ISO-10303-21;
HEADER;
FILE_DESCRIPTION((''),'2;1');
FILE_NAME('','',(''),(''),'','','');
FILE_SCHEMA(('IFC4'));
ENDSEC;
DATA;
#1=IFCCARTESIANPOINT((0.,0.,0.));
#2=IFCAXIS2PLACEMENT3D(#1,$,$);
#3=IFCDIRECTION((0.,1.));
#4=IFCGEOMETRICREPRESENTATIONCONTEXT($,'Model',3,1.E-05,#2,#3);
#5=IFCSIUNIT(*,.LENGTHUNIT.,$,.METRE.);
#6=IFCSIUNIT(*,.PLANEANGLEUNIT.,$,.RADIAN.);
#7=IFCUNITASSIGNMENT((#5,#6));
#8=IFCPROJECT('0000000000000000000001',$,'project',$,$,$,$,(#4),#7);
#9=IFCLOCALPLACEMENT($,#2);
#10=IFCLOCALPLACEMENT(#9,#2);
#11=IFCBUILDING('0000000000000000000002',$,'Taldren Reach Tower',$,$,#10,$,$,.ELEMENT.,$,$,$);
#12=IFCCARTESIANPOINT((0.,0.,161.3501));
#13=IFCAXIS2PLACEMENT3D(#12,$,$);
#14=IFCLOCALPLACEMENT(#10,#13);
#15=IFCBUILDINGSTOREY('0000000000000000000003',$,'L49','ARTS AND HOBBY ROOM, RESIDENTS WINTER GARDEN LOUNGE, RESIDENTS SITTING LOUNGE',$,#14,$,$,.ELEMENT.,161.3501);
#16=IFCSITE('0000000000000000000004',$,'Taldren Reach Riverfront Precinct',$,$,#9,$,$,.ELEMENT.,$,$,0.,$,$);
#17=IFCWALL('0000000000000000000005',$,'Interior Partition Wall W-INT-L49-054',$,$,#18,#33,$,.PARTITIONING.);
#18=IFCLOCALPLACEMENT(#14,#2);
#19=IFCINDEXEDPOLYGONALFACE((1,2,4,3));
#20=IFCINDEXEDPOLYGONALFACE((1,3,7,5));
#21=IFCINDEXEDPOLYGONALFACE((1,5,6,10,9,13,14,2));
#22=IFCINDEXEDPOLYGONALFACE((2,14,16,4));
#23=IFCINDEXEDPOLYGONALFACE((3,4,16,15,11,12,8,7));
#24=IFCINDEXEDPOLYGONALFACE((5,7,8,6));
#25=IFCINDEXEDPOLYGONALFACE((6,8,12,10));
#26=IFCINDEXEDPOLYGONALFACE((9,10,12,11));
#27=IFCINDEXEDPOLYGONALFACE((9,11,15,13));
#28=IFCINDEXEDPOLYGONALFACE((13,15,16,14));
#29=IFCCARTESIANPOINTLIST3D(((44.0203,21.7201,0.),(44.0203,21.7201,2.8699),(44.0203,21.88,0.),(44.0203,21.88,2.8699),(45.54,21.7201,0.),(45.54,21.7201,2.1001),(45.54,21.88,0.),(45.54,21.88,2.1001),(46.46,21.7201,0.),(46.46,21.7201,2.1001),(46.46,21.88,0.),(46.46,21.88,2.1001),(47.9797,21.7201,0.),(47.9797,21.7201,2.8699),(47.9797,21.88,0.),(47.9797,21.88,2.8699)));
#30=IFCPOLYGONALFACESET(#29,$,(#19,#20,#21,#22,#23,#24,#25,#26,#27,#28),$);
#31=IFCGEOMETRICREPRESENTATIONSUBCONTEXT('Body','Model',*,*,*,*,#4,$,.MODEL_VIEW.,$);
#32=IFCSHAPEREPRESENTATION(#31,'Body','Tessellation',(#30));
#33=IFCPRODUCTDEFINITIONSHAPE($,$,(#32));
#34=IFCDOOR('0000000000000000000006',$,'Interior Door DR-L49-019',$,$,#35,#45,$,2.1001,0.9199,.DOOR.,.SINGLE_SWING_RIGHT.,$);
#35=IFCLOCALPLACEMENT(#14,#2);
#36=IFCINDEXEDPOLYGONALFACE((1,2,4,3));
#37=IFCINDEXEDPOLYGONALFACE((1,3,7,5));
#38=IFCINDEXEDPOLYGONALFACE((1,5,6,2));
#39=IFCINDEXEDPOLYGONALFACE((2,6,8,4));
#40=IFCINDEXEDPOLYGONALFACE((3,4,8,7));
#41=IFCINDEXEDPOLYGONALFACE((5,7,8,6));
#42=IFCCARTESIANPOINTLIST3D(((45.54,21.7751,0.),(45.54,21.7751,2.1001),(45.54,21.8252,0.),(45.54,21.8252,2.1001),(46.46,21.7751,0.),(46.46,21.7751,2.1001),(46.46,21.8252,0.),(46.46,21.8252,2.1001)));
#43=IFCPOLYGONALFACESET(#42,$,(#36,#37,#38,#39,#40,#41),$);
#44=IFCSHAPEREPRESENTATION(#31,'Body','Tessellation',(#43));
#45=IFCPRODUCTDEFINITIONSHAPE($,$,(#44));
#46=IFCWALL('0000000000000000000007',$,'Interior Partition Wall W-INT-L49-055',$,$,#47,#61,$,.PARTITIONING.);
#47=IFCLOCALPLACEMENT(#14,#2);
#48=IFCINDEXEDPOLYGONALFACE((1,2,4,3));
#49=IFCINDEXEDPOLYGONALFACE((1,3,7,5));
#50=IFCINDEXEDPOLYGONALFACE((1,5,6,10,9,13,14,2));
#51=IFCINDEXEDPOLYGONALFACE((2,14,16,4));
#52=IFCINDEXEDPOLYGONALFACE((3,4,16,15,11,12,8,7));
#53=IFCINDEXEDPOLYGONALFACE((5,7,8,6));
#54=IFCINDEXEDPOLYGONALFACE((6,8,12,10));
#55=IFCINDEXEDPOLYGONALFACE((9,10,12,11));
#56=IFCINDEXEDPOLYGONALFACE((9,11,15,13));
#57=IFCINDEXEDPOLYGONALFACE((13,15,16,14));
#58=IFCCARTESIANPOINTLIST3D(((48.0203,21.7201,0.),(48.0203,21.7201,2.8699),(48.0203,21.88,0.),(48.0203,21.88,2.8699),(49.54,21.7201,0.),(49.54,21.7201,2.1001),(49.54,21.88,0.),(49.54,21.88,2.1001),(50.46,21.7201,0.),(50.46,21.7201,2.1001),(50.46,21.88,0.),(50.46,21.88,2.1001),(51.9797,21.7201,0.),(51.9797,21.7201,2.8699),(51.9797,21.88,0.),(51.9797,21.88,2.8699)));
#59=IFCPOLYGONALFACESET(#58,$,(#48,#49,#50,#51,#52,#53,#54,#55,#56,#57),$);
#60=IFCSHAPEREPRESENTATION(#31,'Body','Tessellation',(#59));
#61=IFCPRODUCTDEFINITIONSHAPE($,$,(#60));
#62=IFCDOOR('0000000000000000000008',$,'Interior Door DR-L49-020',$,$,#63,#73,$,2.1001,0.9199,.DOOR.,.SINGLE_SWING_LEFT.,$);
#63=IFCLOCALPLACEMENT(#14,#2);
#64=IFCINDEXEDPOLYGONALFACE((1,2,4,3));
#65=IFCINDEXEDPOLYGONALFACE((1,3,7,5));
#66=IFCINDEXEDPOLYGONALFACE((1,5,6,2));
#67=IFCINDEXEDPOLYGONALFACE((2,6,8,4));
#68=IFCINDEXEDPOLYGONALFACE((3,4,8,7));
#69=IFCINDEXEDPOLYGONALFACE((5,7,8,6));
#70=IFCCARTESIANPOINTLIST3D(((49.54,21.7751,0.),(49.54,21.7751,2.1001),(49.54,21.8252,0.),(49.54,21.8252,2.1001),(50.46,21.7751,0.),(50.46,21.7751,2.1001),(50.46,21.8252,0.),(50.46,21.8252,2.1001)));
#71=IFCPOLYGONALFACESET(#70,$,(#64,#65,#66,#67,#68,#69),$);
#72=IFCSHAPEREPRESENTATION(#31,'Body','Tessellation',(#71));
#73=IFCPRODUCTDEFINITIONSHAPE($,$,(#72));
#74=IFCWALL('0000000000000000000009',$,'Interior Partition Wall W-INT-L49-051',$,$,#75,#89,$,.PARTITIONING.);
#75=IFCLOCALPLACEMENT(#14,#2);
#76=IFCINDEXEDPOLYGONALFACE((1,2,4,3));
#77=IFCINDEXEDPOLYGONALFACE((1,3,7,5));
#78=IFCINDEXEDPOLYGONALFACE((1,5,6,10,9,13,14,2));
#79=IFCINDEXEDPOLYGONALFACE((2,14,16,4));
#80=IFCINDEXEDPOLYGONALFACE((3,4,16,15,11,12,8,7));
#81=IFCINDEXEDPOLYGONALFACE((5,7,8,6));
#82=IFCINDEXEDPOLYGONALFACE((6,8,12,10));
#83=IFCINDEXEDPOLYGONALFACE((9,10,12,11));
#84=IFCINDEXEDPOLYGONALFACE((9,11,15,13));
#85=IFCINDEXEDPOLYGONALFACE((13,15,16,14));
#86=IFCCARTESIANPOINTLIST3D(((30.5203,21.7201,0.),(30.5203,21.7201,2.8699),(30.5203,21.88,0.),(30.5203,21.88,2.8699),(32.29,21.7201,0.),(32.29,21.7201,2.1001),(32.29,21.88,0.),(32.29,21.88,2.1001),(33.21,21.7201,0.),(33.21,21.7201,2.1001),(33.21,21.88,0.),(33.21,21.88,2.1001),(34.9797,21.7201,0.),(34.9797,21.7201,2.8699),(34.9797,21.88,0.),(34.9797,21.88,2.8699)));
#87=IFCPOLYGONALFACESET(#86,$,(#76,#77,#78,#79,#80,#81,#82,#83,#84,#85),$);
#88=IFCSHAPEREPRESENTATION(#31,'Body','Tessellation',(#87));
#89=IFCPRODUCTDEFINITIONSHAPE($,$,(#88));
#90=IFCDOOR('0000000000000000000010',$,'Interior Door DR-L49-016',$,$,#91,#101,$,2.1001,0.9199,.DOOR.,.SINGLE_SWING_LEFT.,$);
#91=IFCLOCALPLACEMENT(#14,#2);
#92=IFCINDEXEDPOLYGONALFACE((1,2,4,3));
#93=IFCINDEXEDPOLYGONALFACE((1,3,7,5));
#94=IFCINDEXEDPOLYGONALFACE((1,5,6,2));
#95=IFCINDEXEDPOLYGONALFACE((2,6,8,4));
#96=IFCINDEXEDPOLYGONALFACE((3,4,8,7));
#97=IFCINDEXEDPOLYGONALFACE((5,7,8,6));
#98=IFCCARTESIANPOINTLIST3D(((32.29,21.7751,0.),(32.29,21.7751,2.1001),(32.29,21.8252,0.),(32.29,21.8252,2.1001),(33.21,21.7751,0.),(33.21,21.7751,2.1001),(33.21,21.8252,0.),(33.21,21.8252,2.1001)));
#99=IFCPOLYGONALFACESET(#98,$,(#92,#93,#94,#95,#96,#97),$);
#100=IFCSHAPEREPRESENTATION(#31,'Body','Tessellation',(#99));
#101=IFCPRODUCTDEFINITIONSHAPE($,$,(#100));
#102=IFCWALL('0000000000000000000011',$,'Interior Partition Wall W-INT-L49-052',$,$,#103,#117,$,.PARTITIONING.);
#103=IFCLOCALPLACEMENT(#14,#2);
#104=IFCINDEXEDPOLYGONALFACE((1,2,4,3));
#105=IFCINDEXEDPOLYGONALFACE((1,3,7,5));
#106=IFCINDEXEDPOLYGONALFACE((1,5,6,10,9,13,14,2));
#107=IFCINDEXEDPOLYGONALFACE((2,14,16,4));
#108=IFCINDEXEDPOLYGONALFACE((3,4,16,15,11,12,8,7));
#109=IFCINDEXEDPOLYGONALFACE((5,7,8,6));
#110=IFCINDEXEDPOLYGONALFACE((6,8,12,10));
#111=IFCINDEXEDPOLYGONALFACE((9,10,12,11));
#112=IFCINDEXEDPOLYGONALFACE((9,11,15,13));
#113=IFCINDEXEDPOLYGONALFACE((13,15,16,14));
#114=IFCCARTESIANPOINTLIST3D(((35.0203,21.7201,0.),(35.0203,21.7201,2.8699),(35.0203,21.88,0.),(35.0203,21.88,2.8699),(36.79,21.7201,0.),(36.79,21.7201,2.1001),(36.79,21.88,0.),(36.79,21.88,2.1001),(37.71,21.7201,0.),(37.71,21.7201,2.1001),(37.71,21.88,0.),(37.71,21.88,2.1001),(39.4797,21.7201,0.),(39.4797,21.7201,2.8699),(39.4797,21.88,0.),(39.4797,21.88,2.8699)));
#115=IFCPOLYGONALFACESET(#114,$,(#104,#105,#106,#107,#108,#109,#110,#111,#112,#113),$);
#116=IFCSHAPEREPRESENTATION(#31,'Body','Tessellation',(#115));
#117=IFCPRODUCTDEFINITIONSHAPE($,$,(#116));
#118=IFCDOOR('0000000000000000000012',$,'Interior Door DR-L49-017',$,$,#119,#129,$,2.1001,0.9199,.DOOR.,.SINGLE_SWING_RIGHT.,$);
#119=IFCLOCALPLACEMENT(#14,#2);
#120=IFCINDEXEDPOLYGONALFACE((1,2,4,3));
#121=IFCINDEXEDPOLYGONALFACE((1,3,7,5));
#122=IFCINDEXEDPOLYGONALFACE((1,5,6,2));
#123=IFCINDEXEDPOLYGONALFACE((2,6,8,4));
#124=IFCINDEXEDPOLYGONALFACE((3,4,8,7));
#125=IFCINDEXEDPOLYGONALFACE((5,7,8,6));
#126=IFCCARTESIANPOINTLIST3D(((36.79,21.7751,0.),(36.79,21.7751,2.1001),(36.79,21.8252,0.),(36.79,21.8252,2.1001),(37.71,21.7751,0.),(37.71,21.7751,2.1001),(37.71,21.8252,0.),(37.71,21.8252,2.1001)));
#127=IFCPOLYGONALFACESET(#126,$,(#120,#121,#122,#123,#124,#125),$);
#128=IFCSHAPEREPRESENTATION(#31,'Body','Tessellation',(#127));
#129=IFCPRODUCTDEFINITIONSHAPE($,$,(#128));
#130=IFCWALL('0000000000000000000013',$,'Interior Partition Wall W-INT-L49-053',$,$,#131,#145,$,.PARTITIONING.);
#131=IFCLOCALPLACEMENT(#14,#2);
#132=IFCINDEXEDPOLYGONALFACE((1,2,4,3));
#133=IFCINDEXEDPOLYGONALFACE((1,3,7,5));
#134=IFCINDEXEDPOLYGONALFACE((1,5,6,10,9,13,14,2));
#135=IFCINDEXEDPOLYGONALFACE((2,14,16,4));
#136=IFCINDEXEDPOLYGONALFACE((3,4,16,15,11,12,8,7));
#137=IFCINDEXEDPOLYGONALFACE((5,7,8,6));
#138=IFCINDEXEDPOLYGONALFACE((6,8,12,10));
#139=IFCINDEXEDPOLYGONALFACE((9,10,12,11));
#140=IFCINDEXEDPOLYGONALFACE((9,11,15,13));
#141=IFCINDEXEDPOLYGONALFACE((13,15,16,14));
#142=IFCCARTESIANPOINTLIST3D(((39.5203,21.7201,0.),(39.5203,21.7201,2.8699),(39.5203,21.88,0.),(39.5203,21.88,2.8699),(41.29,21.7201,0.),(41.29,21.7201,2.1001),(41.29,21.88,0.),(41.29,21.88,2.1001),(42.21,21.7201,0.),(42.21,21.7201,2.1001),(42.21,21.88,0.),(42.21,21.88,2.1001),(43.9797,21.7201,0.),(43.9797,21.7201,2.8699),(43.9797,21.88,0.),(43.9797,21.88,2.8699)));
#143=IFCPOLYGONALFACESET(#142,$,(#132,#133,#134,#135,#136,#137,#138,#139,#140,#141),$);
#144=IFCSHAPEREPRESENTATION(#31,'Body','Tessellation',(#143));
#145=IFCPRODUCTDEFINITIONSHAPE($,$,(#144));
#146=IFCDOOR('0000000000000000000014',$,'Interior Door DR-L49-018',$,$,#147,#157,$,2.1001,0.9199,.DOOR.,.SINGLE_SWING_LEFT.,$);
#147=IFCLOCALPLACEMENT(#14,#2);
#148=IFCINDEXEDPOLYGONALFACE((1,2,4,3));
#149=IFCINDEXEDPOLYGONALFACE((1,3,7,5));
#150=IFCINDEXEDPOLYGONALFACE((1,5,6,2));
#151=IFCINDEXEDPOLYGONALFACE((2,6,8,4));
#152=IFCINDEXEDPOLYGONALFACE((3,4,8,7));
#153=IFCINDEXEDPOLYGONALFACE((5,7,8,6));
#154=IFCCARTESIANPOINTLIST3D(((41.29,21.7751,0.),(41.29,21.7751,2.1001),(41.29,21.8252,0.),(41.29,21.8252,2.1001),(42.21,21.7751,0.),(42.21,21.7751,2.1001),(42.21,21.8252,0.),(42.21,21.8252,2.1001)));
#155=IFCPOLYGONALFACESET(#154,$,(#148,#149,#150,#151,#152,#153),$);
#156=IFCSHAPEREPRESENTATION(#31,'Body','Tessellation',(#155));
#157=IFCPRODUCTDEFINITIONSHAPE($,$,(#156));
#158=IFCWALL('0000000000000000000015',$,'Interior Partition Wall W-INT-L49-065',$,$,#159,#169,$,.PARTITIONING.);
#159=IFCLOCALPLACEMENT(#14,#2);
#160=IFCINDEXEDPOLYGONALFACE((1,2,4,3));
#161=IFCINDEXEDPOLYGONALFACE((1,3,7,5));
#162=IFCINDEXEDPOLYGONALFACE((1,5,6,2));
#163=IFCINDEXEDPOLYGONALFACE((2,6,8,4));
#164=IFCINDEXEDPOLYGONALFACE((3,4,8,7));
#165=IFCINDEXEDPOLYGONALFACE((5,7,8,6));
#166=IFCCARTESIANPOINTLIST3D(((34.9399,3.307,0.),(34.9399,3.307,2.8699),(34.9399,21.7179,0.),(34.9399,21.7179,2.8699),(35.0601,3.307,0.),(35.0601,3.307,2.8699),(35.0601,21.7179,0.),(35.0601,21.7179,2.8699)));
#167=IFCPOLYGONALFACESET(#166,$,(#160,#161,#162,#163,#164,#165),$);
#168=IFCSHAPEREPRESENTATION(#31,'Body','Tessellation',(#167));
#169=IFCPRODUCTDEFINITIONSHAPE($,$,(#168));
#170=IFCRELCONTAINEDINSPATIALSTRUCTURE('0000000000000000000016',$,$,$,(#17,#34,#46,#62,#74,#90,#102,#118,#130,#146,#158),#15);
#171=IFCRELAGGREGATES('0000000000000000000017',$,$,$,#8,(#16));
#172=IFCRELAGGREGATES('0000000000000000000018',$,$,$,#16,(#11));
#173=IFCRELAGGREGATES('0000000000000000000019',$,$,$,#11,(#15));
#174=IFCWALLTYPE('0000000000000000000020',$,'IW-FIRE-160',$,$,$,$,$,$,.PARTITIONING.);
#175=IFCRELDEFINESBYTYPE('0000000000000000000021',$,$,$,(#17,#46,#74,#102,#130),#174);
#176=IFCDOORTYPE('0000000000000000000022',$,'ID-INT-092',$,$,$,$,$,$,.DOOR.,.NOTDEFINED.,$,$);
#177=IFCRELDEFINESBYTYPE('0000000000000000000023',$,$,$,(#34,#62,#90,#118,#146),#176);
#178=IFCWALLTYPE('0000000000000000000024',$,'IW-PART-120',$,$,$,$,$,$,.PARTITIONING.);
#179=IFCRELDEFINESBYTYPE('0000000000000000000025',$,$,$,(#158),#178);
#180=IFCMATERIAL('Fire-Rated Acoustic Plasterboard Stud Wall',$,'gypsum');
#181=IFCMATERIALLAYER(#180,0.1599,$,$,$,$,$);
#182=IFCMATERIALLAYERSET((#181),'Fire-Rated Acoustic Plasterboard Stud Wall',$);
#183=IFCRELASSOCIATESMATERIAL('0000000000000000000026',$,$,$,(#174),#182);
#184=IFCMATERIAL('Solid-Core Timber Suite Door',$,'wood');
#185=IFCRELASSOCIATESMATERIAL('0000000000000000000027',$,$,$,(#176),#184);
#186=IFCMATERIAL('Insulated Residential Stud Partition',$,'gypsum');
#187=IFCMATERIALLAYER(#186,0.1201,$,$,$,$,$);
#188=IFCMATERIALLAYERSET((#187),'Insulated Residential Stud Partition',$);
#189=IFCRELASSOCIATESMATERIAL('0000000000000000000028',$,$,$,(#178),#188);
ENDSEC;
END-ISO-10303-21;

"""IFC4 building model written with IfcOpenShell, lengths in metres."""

from ifc_helpers import new_model, si_unit, direction, frame, frame_2d, origin, place, context, subcontext, project, spatial, rectangle, extrude, source, transform, mapped, material, layer, layer_set, type_object, element, fill, save


model = new_model("IFC4")

# Units and contexts
model_context = context("Model", 3, precision=1e-05, world=origin(), true_north=direction((0.0, 1.0)))
body_context = subcontext(model_context, "Body", "Model", "MODEL_VIEW")
ifc_project = project(units=[si_unit("LENGTHUNIT", "METRE"), si_unit("PLANEANGLEUNIT", "RADIAN")], contexts=[model_context])

# Site, building, storey
site_placement = place(None, origin())
site = spatial("IfcSite", under=ifc_project, at=site_placement, Name="Taldren Reach Riverfront Precinct", CompositionType="ELEMENT", RefElevation=0.0)
building_placement = place(site_placement, origin())
building = spatial("IfcBuilding", under=site, at=building_placement, Name="Taldren Reach Tower", CompositionType="ELEMENT")
storey_placement = place(building_placement, frame((0.0, 0.0, 161.3501)))
storey = spatial("IfcBuildingStorey", under=building, at=storey_placement, Name="L49", Description="ARTS AND HOBBY ROOM, RESIDENTS WINTER GARDEN LOUNGE, RESIDENTS SITTING LOUNGE", CompositionType="ELEMENT", Elevation=161.3501)

# Walls, openings, doors
ifc_material_1 = material(Name="Fire-Rated Acoustic Plasterboard Stud Wall", Category="gypsum")
ifc_layer_1 = layer(ifc_material_1, 0.1599)
ifc_layer_set_1 = layer_set([ifc_layer_1], Name="Fire-Rated Acoustic Plasterboard Stud Wall")
wall_type_1 = type_object("IfcWallType", Name="IW-FIRE-160", PredefinedType="PARTITIONING", material=ifc_layer_set_1)
shared_shape_1 = source(origin(), body_context, "Body", "SweptSolid", [
    extrude(rectangle(XDim=3.9595, YDim=0.1599, at=frame_2d((1.9797, 0.0))), origin(), (0.0, 0.0, 1.0), 2.8699),
])
wall_1_placement = place(storey_placement, frame((47.9797, 21.8, 0.0), z_axis=(0.0, 0.0, 1.0), x_axis=(-1.0, 0.0, 0.0)))
wall_1 = element("IfcWall", 1, at=wall_1_placement, inside=storey, type_object=wall_type_1, Name="Interior Partition Wall W-INT-L49-054", PredefinedType="PARTITIONING", context=body_context, shape_type="MappedRepresentation", body=[
    mapped(shared_shape_1, transform((0.0, 0.0, 0.0), scale=1.0)),
])
shared_shape_2 = source(origin(), body_context, "Body", "SweptSolid", [
    extrude(rectangle(XDim=0.9199, YDim=2.1001, at=frame_2d((0.46, 1.05))), frame((0.0, 0.0898, 0.0), z_axis=(0.0, -1.0, 0.0), x_axis=(1.0, 0.0, 0.0)), (0.0, 0.0, 1.0), 0.1799),
])
opening_1_placement = place(wall_1_placement, frame((1.5198, 0.0, 0.0)))
opening_1 = element("IfcOpeningElement", 2, at=opening_1_placement, cuts=wall_1, PredefinedType="OPENING", context=body_context, shape_type="MappedRepresentation", body=[
    mapped(shared_shape_2, transform((0.0, 0.0, 0.0), scale=1.0)),
])
ifc_material_2 = material(Name="Solid-Core Timber Suite Door", Category="wood")
door_type_1 = type_object("IfcDoorType", Name="ID-INT-092", OperationType="NOTDEFINED", PredefinedType="DOOR", material=ifc_material_2)
shared_shape_3 = source(origin(), body_context, "Body", "SweptSolid", [
    extrude(rectangle(XDim=0.9199, YDim=2.1001, at=frame_2d((0.46, 1.05))), frame((0.0, 0.0249, 0.0), z_axis=(0.0, -1.0, 0.0), x_axis=(1.0, 0.0, 0.0)), (0.0, 0.0, 1.0), 0.05),
])
door_1_placement = place(opening_1_placement, origin())
door_1 = element("IfcDoor", 3, at=door_1_placement, inside=storey, type_object=door_type_1, Name="Interior Door DR-L49-019", OperationType="SINGLE_SWING_RIGHT", OverallHeight=2.1001, OverallWidth=0.9199, PredefinedType="DOOR", context=body_context, shape_type="MappedRepresentation", body=[
    mapped(shared_shape_3, transform((0.0, 0.0, 0.0), scale=1.0)),
])
fill(opening_1, door_1)
wall_2_placement = place(storey_placement, frame((51.9797, 21.8, 0.0), z_axis=(0.0, 0.0, 1.0), x_axis=(-1.0, 0.0, 0.0)))
wall_2 = element("IfcWall", 4, at=wall_2_placement, inside=storey, type_object=wall_type_1, Name="Interior Partition Wall W-INT-L49-055", PredefinedType="PARTITIONING", context=body_context, shape_type="MappedRepresentation", body=[
    mapped(shared_shape_1, transform((0.0, 0.0, 0.0), scale=1.0)),
])
opening_2_placement = place(wall_2_placement, frame((1.5198, 0.0, 0.0)))
opening_2 = element("IfcOpeningElement", 5, at=opening_2_placement, cuts=wall_2, PredefinedType="OPENING", context=body_context, shape_type="MappedRepresentation", body=[
    mapped(shared_shape_2, transform((0.0, 0.0, 0.0), scale=1.0)),
])
door_2_placement = place(opening_2_placement, origin())
door_2 = element("IfcDoor", 6, at=door_2_placement, inside=storey, type_object=door_type_1, Name="Interior Door DR-L49-020", OperationType="SINGLE_SWING_LEFT", OverallHeight=2.1001, OverallWidth=0.9199, PredefinedType="DOOR", context=body_context, shape_type="MappedRepresentation", body=[
    mapped(shared_shape_3, transform((0.0, 0.0, 0.0), scale=1.0)),
])
fill(opening_2, door_2)
shared_shape_4 = source(origin(), body_context, "Body", "SweptSolid", [
    extrude(rectangle(XDim=4.4595, YDim=0.1599, at=frame_2d((2.2297, 0.0))), origin(), (0.0, 0.0, 1.0), 2.8699),
])
wall_3_placement = place(storey_placement, frame((34.9797, 21.8, 0.0), z_axis=(0.0, 0.0, 1.0), x_axis=(-1.0, 0.0, 0.0)))
wall_3 = element("IfcWall", 7, at=wall_3_placement, inside=storey, type_object=wall_type_1, Name="Interior Partition Wall W-INT-L49-051", PredefinedType="PARTITIONING", context=body_context, shape_type="MappedRepresentation", body=[
    mapped(shared_shape_4, transform((0.0, 0.0, 0.0), scale=1.0)),
])
opening_3_placement = place(wall_3_placement, frame((1.7698, 0.0, 0.0)))
opening_3 = element("IfcOpeningElement", 8, at=opening_3_placement, cuts=wall_3, PredefinedType="OPENING", context=body_context, shape_type="MappedRepresentation", body=[
    mapped(shared_shape_2, transform((0.0, 0.0, 0.0), scale=1.0)),
])
door_3_placement = place(opening_3_placement, origin())
door_3 = element("IfcDoor", 9, at=door_3_placement, inside=storey, type_object=door_type_1, Name="Interior Door DR-L49-016", OperationType="SINGLE_SWING_LEFT", OverallHeight=2.1001, OverallWidth=0.9199, PredefinedType="DOOR", context=body_context, shape_type="MappedRepresentation", body=[
    mapped(shared_shape_3, transform((0.0, 0.0, 0.0), scale=1.0)),
])
fill(opening_3, door_3)
wall_4_placement = place(storey_placement, frame((39.4797, 21.8, 0.0), z_axis=(0.0, 0.0, 1.0), x_axis=(-1.0, 0.0, 0.0)))
wall_4 = element("IfcWall", 10, at=wall_4_placement, inside=storey, type_object=wall_type_1, Name="Interior Partition Wall W-INT-L49-052", PredefinedType="PARTITIONING", context=body_context, shape_type="MappedRepresentation", body=[
    mapped(shared_shape_4, transform((0.0, 0.0, 0.0), scale=1.0)),
])
opening_4_placement = place(wall_4_placement, frame((1.7698, 0.0, 0.0)))
opening_4 = element("IfcOpeningElement", 11, at=opening_4_placement, cuts=wall_4, PredefinedType="OPENING", context=body_context, shape_type="MappedRepresentation", body=[
    mapped(shared_shape_2, transform((0.0, 0.0, 0.0), scale=1.0)),
])
door_4_placement = place(opening_4_placement, origin())
door_4 = element("IfcDoor", 12, at=door_4_placement, inside=storey, type_object=door_type_1, Name="Interior Door DR-L49-017", OperationType="SINGLE_SWING_RIGHT", OverallHeight=2.1001, OverallWidth=0.9199, PredefinedType="DOOR", context=body_context, shape_type="MappedRepresentation", body=[
    mapped(shared_shape_3, transform((0.0, 0.0, 0.0), scale=1.0)),
])
fill(opening_4, door_4)
wall_5_placement = place(storey_placement, frame((43.9797, 21.8, 0.0), z_axis=(0.0, 0.0, 1.0), x_axis=(-1.0, 0.0, 0.0)))
wall_5 = element("IfcWall", 13, at=wall_5_placement, inside=storey, type_object=wall_type_1, Name="Interior Partition Wall W-INT-L49-053", PredefinedType="PARTITIONING", context=body_context, shape_type="MappedRepresentation", body=[
    mapped(shared_shape_4, transform((0.0, 0.0, 0.0), scale=1.0)),
])
opening_5_placement = place(wall_5_placement, frame((1.7698, 0.0, 0.0)))
opening_5 = element("IfcOpeningElement", 14, at=opening_5_placement, cuts=wall_5, PredefinedType="OPENING", context=body_context, shape_type="MappedRepresentation", body=[
    mapped(shared_shape_2, transform((0.0, 0.0, 0.0), scale=1.0)),
])
door_5_placement = place(opening_5_placement, origin())
door_5 = element("IfcDoor", 15, at=door_5_placement, inside=storey, type_object=door_type_1, Name="Interior Door DR-L49-018", OperationType="SINGLE_SWING_LEFT", OverallHeight=2.1001, OverallWidth=0.9199, PredefinedType="DOOR", context=body_context, shape_type="MappedRepresentation", body=[
    mapped(shared_shape_3, transform((0.0, 0.0, 0.0), scale=1.0)),
])
fill(opening_5, door_5)

# Wall
ifc_material_3 = material(Name="Insulated Residential Stud Partition", Category="gypsum")
ifc_layer_2 = layer(ifc_material_3, 0.1201)
ifc_layer_set_2 = layer_set([ifc_layer_2], Name="Insulated Residential Stud Partition")
wall_type_2 = type_object("IfcWallType", Name="IW-PART-120", PredefinedType="PARTITIONING", material=ifc_layer_set_2)
shared_shape_5 = source(origin(), body_context, "Body", "SweptSolid", [
    extrude(rectangle(XDim=18.4109, YDim=0.1201, at=frame_2d((9.2056, 0.0))), origin(), (0.0, 0.0, 1.0), 2.8699),
])
wall_6_placement = place(storey_placement, frame((35.0, 21.718, 0.0), z_axis=(0.0, 0.0, 1.0), x_axis=(0.0, -1.0, 0.0)))
element("IfcWall", 16, at=wall_6_placement, inside=storey, type_object=wall_type_2, Name="Interior Partition Wall W-INT-L49-065", PredefinedType="PARTITIONING", context=body_context, shape_type="MappedRepresentation", body=[
    mapped(shared_shape_5, transform((0.0, 0.0, 0.0), scale=1.0)),
])

save(model, "model.ifc")
